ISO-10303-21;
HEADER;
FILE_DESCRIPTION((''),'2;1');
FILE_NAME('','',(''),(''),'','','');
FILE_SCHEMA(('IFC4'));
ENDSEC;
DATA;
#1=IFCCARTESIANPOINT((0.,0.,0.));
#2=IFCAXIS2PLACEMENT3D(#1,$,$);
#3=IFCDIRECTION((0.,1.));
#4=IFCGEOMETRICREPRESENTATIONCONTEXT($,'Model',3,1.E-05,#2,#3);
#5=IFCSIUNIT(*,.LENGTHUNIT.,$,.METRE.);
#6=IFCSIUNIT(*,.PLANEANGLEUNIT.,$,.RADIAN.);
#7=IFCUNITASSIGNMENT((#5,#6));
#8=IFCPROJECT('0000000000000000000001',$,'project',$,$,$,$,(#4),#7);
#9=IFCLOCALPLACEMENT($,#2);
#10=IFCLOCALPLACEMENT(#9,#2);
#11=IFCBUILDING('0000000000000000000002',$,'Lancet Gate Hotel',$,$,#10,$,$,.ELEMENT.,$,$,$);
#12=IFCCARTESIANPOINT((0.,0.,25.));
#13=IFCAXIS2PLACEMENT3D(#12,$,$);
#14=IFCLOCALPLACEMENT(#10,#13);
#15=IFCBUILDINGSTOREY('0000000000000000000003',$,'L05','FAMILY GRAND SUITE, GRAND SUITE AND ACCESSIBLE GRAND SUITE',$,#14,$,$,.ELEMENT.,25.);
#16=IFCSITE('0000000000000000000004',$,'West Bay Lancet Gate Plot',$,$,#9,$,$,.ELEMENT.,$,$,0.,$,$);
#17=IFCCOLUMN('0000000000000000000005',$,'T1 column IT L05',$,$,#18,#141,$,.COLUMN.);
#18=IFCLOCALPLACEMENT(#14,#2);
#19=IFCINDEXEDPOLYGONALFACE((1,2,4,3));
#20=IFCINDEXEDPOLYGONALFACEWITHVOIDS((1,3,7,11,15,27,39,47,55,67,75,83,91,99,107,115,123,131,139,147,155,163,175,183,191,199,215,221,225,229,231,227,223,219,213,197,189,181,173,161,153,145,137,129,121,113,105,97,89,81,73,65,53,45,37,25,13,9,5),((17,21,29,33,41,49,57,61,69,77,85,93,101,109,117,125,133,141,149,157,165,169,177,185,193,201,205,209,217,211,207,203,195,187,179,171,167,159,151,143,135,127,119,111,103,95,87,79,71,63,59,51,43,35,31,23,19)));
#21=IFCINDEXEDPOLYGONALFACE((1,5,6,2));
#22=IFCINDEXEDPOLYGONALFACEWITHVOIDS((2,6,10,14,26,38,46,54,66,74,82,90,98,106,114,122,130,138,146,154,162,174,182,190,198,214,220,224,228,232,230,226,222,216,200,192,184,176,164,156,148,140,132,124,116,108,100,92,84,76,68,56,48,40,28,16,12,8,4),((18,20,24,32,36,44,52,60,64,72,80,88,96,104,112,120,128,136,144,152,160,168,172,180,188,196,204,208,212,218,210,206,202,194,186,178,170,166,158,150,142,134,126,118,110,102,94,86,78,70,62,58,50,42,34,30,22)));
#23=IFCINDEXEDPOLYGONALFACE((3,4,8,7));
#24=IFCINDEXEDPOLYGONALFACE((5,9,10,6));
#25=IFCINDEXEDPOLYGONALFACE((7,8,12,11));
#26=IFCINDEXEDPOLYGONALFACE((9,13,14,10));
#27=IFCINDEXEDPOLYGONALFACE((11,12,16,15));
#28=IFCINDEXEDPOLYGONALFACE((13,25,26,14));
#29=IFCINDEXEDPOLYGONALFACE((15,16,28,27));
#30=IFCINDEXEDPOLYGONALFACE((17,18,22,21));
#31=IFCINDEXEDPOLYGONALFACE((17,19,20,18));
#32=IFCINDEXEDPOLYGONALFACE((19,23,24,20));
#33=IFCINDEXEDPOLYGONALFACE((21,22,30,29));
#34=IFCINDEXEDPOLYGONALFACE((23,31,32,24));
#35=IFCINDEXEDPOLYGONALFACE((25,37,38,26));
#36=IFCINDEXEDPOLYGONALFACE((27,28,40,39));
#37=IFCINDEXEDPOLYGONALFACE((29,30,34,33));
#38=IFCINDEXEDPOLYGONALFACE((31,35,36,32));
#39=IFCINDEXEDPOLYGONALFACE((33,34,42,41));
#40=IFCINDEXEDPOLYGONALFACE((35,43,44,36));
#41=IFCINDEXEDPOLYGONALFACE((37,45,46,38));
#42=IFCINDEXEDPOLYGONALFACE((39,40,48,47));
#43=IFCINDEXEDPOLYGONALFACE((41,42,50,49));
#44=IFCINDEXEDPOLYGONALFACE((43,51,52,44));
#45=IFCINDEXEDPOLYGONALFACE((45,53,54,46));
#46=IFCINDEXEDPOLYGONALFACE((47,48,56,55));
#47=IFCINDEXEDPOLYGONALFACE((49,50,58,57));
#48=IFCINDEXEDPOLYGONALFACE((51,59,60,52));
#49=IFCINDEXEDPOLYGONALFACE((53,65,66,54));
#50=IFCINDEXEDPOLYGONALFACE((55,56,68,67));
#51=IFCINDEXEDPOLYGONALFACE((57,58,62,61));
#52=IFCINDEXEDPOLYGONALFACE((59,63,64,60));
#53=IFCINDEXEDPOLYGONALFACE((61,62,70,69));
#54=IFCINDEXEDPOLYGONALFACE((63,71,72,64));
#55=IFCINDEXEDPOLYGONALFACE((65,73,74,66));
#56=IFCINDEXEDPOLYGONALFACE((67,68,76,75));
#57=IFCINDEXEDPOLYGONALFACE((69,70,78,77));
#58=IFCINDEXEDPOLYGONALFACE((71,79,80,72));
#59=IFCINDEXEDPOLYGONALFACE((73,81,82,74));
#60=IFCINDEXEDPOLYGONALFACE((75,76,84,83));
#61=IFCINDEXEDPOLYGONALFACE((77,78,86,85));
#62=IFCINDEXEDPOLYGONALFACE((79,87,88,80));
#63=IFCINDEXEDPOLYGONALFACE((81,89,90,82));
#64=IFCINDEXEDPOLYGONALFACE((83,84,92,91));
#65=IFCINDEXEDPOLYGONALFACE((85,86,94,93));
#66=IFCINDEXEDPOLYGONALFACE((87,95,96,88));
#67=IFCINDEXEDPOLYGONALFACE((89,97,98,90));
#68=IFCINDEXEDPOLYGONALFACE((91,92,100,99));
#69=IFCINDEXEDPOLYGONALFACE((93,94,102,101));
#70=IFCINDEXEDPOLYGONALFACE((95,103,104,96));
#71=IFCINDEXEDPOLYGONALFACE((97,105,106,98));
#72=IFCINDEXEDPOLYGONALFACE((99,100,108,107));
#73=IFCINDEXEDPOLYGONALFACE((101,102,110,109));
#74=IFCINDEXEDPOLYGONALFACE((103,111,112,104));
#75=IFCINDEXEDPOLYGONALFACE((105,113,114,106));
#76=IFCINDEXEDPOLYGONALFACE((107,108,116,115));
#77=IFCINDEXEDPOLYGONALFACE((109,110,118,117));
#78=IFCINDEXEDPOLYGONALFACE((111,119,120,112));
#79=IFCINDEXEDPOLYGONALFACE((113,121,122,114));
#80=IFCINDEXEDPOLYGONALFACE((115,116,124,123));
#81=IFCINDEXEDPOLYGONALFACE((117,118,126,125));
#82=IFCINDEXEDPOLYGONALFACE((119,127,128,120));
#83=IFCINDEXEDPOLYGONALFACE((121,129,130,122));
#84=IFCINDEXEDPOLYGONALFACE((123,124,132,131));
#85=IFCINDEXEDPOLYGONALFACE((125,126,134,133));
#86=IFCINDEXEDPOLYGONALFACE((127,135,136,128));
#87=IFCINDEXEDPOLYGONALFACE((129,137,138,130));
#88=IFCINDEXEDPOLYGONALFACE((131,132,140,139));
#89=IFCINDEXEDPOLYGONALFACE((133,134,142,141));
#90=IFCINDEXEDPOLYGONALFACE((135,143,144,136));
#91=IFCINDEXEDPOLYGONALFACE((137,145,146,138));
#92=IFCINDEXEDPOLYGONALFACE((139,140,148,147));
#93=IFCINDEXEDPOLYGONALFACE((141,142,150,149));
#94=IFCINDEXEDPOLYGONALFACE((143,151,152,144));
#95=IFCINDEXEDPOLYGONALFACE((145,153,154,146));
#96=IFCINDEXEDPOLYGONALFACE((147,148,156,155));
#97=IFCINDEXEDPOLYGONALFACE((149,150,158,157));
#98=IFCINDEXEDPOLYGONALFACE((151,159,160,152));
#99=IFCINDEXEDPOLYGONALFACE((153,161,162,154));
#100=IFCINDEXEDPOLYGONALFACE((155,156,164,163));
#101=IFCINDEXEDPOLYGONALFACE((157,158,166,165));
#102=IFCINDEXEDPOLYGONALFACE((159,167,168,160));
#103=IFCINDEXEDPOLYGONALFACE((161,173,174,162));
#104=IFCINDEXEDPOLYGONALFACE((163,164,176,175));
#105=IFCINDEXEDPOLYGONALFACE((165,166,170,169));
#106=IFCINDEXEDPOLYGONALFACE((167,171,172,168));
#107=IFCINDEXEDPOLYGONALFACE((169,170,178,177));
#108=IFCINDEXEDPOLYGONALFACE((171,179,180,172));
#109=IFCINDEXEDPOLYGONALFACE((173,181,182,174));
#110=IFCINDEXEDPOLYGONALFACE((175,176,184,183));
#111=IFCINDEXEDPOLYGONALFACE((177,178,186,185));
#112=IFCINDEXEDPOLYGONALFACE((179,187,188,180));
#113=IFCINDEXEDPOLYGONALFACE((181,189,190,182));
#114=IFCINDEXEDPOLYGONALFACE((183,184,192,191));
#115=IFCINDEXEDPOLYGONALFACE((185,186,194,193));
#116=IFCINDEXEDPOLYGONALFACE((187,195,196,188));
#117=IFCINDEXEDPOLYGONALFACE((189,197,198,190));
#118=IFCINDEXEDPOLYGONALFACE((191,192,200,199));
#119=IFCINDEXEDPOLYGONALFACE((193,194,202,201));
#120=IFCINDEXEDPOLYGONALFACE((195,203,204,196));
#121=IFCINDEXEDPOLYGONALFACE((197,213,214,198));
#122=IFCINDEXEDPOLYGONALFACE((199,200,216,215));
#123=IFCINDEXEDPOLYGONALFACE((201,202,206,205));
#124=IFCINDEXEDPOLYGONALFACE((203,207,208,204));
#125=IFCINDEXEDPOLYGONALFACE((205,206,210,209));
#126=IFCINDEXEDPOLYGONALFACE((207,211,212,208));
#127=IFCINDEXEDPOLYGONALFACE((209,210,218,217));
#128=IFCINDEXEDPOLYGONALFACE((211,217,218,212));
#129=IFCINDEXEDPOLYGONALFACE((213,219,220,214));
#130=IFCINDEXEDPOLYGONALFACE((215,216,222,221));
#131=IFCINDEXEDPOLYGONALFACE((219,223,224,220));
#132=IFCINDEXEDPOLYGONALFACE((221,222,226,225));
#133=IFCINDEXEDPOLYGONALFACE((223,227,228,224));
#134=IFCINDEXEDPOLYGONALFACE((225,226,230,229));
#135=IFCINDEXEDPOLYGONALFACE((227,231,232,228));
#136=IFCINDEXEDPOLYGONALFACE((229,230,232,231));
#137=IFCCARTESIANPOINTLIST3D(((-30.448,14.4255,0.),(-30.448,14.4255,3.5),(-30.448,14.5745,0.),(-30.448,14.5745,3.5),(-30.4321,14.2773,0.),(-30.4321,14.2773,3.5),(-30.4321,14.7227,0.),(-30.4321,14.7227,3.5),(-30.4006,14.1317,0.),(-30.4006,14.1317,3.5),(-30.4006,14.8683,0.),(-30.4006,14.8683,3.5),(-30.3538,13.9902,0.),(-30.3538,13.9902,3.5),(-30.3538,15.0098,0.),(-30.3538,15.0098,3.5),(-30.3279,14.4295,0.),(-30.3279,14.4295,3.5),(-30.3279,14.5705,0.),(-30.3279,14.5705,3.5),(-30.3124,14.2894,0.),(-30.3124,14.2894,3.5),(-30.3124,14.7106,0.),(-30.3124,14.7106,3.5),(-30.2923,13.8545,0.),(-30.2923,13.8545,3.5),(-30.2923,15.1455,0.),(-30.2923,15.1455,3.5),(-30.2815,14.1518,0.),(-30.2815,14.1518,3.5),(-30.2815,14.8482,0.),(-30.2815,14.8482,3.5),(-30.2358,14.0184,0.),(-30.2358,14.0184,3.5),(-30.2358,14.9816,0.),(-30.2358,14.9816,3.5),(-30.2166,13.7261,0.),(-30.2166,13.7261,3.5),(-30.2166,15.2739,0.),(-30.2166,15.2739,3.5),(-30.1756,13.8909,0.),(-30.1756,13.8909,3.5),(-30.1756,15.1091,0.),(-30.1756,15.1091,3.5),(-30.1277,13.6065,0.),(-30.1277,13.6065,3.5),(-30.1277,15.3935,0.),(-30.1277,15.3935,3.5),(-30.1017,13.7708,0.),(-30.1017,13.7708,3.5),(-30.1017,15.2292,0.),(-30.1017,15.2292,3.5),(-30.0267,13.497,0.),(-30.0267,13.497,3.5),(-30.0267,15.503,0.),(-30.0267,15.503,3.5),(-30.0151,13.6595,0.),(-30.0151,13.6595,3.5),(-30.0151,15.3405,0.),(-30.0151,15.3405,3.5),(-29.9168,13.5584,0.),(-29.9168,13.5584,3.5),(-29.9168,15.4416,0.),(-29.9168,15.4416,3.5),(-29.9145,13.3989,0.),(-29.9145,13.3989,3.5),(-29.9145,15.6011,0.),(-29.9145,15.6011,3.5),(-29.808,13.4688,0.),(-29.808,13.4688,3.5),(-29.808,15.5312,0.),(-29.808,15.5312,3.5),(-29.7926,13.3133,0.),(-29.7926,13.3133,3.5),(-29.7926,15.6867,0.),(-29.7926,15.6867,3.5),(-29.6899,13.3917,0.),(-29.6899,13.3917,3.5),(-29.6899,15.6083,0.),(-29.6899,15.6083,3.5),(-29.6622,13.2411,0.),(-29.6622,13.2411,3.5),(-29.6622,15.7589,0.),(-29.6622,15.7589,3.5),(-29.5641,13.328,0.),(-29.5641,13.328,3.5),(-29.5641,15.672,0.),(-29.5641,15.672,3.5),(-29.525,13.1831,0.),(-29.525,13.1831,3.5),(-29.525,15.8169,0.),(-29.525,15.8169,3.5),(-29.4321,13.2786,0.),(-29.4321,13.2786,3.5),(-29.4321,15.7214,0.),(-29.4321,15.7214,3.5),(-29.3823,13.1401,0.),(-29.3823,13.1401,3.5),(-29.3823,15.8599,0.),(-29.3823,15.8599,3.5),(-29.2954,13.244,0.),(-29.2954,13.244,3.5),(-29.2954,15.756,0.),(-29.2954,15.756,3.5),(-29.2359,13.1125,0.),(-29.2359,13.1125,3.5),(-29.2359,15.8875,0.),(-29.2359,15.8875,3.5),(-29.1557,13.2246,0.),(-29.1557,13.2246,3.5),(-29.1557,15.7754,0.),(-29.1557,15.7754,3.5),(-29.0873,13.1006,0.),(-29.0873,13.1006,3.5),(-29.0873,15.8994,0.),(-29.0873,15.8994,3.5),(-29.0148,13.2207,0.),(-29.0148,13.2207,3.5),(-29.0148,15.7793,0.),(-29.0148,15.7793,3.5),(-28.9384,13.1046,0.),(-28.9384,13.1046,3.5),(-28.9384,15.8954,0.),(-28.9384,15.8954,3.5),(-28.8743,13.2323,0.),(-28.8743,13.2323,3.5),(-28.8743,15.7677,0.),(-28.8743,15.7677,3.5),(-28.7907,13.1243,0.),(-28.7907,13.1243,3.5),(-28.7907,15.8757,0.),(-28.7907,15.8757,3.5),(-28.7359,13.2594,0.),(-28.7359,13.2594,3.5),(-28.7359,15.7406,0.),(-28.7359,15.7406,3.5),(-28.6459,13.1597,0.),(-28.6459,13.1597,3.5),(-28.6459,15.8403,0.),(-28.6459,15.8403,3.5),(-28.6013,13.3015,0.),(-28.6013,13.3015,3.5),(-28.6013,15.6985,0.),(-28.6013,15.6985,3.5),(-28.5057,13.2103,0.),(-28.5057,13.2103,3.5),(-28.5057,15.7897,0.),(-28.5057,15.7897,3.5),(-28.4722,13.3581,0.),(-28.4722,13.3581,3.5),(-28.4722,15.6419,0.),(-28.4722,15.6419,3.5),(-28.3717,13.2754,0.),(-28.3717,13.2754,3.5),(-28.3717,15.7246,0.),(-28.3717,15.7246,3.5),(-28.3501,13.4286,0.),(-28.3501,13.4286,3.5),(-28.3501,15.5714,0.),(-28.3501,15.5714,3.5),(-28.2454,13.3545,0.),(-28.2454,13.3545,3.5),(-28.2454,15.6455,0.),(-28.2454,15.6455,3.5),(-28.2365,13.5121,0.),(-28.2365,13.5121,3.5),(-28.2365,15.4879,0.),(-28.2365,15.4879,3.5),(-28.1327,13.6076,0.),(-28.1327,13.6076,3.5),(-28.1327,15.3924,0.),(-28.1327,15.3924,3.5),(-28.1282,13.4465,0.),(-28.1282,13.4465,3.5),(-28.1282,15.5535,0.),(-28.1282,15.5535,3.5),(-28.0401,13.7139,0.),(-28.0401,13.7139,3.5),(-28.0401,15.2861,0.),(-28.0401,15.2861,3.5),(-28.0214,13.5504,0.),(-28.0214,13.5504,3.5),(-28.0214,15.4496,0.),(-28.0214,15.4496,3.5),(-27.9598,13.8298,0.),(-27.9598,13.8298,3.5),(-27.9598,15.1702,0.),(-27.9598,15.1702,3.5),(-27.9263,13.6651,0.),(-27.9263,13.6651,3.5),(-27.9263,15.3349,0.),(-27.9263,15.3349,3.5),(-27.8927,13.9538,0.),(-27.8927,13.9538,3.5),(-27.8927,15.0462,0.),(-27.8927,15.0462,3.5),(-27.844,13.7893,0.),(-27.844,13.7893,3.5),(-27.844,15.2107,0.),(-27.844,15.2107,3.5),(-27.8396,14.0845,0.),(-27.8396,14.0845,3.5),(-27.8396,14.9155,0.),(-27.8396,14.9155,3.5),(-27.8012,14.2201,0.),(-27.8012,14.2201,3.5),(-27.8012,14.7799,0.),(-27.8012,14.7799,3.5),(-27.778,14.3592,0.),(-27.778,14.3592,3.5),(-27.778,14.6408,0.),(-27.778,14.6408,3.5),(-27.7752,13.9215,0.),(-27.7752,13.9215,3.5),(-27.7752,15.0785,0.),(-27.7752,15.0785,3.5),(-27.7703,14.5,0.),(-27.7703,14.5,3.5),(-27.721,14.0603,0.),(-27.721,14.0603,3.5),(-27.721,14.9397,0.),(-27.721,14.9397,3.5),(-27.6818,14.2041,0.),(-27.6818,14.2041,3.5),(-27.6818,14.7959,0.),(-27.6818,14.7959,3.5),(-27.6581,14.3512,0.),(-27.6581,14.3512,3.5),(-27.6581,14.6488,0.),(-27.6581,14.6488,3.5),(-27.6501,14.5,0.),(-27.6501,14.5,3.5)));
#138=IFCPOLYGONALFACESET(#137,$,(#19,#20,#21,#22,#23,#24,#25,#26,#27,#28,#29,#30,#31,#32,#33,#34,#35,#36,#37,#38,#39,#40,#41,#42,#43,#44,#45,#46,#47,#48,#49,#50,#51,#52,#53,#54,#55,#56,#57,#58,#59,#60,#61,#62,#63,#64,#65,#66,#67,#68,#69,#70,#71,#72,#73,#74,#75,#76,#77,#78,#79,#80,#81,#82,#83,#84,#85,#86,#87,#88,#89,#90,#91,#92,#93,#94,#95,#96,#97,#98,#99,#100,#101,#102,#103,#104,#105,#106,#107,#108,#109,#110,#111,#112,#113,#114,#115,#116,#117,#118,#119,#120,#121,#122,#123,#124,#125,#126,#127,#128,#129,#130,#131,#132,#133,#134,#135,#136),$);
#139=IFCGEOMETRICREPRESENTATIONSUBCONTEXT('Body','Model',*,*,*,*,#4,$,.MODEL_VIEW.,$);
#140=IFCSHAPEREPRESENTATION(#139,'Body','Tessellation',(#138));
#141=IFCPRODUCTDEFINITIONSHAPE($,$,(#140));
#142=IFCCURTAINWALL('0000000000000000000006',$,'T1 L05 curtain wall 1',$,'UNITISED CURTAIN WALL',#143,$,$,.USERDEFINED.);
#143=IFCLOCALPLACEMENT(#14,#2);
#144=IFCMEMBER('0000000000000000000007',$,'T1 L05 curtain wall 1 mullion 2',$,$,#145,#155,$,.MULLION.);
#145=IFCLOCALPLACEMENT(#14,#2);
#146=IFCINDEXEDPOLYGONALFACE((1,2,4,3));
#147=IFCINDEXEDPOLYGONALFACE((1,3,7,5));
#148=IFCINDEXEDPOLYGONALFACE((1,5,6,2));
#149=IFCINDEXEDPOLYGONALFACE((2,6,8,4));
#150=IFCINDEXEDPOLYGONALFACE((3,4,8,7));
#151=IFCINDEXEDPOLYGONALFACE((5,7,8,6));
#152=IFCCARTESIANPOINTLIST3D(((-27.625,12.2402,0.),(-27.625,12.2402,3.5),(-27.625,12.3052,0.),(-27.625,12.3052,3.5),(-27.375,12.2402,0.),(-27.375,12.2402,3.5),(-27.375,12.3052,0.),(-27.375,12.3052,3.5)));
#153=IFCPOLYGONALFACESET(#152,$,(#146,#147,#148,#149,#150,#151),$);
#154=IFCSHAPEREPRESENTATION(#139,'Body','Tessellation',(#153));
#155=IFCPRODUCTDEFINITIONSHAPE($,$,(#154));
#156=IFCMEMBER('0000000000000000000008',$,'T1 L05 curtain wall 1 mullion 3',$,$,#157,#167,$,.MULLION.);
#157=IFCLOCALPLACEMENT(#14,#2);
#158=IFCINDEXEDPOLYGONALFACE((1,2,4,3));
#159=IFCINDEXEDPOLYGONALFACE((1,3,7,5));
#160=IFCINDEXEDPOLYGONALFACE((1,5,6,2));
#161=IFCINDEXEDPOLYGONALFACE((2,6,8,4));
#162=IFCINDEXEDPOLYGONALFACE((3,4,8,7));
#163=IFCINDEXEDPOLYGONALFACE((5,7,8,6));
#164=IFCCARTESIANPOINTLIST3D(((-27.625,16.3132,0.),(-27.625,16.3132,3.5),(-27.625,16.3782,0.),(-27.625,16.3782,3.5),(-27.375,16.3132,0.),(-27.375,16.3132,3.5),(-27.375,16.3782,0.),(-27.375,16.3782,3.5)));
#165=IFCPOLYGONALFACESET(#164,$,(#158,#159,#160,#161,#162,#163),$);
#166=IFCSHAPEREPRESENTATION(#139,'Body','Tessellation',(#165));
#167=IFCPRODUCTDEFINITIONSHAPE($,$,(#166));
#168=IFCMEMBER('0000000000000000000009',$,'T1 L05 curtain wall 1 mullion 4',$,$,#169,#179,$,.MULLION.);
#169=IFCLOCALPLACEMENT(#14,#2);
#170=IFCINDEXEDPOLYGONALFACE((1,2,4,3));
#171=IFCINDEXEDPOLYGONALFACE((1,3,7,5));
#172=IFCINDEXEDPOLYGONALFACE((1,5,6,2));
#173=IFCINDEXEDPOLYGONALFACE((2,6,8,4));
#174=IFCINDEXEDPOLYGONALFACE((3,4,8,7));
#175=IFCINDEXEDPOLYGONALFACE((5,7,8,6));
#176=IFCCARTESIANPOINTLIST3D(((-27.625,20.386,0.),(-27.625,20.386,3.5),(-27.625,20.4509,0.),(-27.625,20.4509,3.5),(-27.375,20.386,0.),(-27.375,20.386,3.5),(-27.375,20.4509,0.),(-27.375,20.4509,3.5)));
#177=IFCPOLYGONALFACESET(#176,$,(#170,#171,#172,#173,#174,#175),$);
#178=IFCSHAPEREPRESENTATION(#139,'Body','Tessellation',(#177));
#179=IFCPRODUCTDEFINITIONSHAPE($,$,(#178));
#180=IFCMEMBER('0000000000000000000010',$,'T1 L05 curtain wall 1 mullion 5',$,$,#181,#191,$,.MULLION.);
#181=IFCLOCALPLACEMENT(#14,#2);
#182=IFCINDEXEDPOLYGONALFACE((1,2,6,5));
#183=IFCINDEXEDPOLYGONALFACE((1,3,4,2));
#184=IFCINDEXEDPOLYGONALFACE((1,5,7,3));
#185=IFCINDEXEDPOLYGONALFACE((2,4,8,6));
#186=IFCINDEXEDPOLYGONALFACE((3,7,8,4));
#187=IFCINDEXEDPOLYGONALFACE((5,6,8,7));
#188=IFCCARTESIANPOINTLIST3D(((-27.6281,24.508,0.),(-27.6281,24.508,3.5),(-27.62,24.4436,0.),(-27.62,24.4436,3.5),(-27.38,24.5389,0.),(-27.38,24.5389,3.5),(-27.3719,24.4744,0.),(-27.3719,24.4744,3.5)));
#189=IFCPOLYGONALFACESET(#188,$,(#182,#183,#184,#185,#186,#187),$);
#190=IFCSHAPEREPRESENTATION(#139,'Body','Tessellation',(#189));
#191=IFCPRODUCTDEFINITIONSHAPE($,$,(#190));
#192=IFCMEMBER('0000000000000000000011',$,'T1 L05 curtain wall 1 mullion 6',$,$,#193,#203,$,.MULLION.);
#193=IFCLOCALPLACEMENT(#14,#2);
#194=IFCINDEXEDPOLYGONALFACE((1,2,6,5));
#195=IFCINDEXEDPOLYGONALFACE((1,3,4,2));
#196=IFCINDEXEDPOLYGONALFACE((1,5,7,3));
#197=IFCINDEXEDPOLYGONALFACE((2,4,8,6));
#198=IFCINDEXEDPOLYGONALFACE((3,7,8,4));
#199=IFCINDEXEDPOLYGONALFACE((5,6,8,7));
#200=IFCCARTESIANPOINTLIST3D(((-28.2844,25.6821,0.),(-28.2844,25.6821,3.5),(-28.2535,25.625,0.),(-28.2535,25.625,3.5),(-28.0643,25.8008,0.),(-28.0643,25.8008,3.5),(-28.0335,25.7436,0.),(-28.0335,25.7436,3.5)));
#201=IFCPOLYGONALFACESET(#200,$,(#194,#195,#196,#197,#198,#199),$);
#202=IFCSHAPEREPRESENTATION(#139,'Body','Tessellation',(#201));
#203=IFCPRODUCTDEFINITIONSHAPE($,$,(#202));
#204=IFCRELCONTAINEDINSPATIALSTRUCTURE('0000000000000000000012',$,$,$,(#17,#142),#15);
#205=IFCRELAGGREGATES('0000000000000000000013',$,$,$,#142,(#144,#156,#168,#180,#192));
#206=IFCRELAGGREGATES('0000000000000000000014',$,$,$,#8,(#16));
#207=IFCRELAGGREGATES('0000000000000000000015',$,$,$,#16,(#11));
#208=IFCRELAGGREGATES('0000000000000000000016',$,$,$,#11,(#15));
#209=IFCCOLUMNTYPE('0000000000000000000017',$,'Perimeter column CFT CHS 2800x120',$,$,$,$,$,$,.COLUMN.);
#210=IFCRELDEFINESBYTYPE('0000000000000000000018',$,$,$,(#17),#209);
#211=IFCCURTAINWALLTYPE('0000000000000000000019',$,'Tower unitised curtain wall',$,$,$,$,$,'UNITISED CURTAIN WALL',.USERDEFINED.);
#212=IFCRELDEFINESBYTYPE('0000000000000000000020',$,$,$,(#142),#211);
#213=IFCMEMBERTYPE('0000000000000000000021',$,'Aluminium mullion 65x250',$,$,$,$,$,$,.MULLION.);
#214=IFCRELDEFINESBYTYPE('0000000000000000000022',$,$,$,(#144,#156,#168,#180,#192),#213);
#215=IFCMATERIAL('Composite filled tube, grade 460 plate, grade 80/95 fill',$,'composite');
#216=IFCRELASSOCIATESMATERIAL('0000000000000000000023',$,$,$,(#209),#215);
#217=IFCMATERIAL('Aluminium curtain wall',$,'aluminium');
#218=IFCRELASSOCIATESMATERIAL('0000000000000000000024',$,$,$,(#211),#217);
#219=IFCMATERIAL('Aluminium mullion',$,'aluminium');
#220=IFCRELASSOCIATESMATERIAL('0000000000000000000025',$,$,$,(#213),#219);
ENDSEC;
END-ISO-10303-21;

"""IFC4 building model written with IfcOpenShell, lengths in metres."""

from ifc_helpers import new_model, si_unit, direction, frame, origin, origin_2d, place, context, subcontext, project, spatial, rectangle, hollow_circle, extrude, material, material_profile, profile_set, type_object, element, aggregate, save


model = new_model("IFC4")

# Units and contexts
model_context = context("Model", 3, precision=1e-05, world=origin(), true_north=direction((0.0, 1.0)))
body_context = subcontext(model_context, "Body", "Model", "MODEL_VIEW")
ifc_project = project(units=[si_unit("LENGTHUNIT", "METRE"), si_unit("PLANEANGLEUNIT", "RADIAN")], contexts=[model_context])

# Site, building, storey
site_placement = place(None, origin())
site = spatial("IfcSite", under=ifc_project, at=site_placement, Name="West Bay Lancet Gate Plot", CompositionType="ELEMENT", RefElevation=0.0)
building_placement = place(site_placement, origin())
building = spatial("IfcBuilding", under=site, at=building_placement, Name="Lancet Gate Hotel", CompositionType="ELEMENT")
storey_placement = place(building_placement, frame((0.0, 0.0, 25.0)))
storey = spatial("IfcBuildingStorey", under=building, at=storey_placement, Name="L05", Description="FAMILY GRAND SUITE, GRAND SUITE AND ACCESSIBLE GRAND SUITE", CompositionType="ELEMENT", Elevation=25.0)

# Column
ifc_material_1 = material(Name="Composite filled tube, grade 460 plate, grade 80/95 fill", Category="composite")
ifc_material_profile_1 = material_profile(ifc_material_1, hollow_circle(Radius=1.3999, WallThickness=0.1201, at=origin_2d()), Name="CHS 2800x120")
ifc_profile_set_1 = profile_set([ifc_material_profile_1], Name="Composite filled tube, grade 460 plate, grade 80/95 fill")
column_type = type_object("IfcColumnType", Name="Perimeter column CFT CHS 2800x120", PredefinedType="COLUMN", material=ifc_profile_set_1)
for number, where, z_axis, x_axis, name in (
    (1, (-29.05, 14.5, 0.0), (0.0, 0.0, 1.0), (1.0, 0.0, 0.0), "T1 column IT L05"),
):
    element("IfcColumn", number, at=place(storey_placement, frame(where, z_axis=z_axis, x_axis=x_axis)), inside=storey, type_object=column_type, Name=name, PredefinedType="COLUMN", context=body_context, shape_type="SweptSolid", body=[
        extrude(hollow_circle(Radius=1.3999, WallThickness=0.1201, at=origin_2d()), origin(), (0.0, 0.0, 1.0), 3.5),
    ])

# Curtain wall, members
ifc_material_2 = material(Name="Aluminium curtain wall", Category="aluminium")
curtain_wall_type = type_object("IfcCurtainWallType", Name="Tower unitised curtain wall", ElementType="UNITISED CURTAIN WALL", PredefinedType="USERDEFINED", material=ifc_material_2)
curtain_wall_placement = place(storey_placement, origin())
curtain_wall = element("IfcCurtainWall", 2, at=curtain_wall_placement, inside=storey, type_object=curtain_wall_type, Name="T1 L05 curtain wall 1", ObjectType="UNITISED CURTAIN WALL", PredefinedType="USERDEFINED")
ifc_material_3 = material(Name="Aluminium mullion", Category="aluminium")
ifc_material_profile_2 = material_profile(ifc_material_3, rectangle(XDim=0.0649, YDim=0.25, at=origin_2d()), Name="MULLION 65x250")
ifc_profile_set_2 = profile_set([ifc_material_profile_2], Name="Aluminium mullion")
member_type_1 = type_object("IfcMemberType", Name="Aluminium mullion 65x250", PredefinedType="MULLION", material=ifc_profile_set_2)
member_1_placement = place(storey_placement, frame((-27.5, 12.2727, 0.0), z_axis=(0.0, 0.0, 1.0), x_axis=(0.0, 1.0, 0.0)))
member_1 = element("IfcMember", 3, at=member_1_placement, type_object=member_type_1, Name="T1 L05 curtain wall 1 mullion 2", PredefinedType="MULLION", context=body_context, shape_type="SweptSolid", body=[
    extrude(rectangle(XDim=0.0649, YDim=0.25, at=origin_2d()), origin(), (0.0, 0.0, 1.0), 3.5),
])
member_2_placement = place(storey_placement, frame((-27.5, 16.3457, 0.0), z_axis=(0.0, 0.0, 1.0), x_axis=(0.0, 1.0, 0.0)))
member_2 = element("IfcMember", 4, at=member_2_placement, type_object=member_type_1, Name="T1 L05 curtain wall 1 mullion 3", PredefinedType="MULLION", context=body_context, shape_type="SweptSolid", body=[
    extrude(rectangle(XDim=0.0649, YDim=0.25, at=origin_2d()), origin(), (0.0, 0.0, 1.0), 3.5),
])
member_3_placement = place(storey_placement, frame((-27.5, 20.4185, 0.0), z_axis=(0.0, 0.0, 1.0), x_axis=(0.0, 1.0, 0.0)))
member_3 = element("IfcMember", 5, at=member_3_placement, type_object=member_type_1, Name="T1 L05 curtain wall 1 mullion 4", PredefinedType="MULLION", context=body_context, shape_type="SweptSolid", body=[
    extrude(rectangle(XDim=0.0649, YDim=0.25, at=origin_2d()), origin(), (0.0, 0.0, 1.0), 3.5),
])
member_4_placement = place(storey_placement, frame((-27.5, 24.4912, 0.0), z_axis=(0.0, 0.0, 1.0), x_axis=(-0.123483, 0.992347, 0.0)))
member_4 = element("IfcMember", 6, at=member_4_placement, type_object=member_type_1, Name="T1 L05 curtain wall 1 mullion 5", PredefinedType="MULLION", context=body_context, shape_type="SweptSolid", body=[
    extrude(rectangle(XDim=0.0649, YDim=0.25, at=origin_2d()), origin(), (0.0, 0.0, 1.0), 3.5),
])
member_5_placement = place(storey_placement, frame((-28.1589, 25.7129, 0.0), z_axis=(0.0, 0.0, 1.0), x_axis=(-0.474631, 0.880185, 0.0)))
member_5 = element("IfcMember", 7, at=member_5_placement, type_object=member_type_1, Name="T1 L05 curtain wall 1 mullion 6", PredefinedType="MULLION", context=body_context, shape_type="SweptSolid", body=[
    extrude(rectangle(XDim=0.0649, YDim=0.25, at=origin_2d()), origin(), (0.0, 0.0, 1.0), 3.5),
])

aggregate(curtain_wall, [member_1, member_2, member_3, member_4, member_5])

save(model, "model.ifc")
